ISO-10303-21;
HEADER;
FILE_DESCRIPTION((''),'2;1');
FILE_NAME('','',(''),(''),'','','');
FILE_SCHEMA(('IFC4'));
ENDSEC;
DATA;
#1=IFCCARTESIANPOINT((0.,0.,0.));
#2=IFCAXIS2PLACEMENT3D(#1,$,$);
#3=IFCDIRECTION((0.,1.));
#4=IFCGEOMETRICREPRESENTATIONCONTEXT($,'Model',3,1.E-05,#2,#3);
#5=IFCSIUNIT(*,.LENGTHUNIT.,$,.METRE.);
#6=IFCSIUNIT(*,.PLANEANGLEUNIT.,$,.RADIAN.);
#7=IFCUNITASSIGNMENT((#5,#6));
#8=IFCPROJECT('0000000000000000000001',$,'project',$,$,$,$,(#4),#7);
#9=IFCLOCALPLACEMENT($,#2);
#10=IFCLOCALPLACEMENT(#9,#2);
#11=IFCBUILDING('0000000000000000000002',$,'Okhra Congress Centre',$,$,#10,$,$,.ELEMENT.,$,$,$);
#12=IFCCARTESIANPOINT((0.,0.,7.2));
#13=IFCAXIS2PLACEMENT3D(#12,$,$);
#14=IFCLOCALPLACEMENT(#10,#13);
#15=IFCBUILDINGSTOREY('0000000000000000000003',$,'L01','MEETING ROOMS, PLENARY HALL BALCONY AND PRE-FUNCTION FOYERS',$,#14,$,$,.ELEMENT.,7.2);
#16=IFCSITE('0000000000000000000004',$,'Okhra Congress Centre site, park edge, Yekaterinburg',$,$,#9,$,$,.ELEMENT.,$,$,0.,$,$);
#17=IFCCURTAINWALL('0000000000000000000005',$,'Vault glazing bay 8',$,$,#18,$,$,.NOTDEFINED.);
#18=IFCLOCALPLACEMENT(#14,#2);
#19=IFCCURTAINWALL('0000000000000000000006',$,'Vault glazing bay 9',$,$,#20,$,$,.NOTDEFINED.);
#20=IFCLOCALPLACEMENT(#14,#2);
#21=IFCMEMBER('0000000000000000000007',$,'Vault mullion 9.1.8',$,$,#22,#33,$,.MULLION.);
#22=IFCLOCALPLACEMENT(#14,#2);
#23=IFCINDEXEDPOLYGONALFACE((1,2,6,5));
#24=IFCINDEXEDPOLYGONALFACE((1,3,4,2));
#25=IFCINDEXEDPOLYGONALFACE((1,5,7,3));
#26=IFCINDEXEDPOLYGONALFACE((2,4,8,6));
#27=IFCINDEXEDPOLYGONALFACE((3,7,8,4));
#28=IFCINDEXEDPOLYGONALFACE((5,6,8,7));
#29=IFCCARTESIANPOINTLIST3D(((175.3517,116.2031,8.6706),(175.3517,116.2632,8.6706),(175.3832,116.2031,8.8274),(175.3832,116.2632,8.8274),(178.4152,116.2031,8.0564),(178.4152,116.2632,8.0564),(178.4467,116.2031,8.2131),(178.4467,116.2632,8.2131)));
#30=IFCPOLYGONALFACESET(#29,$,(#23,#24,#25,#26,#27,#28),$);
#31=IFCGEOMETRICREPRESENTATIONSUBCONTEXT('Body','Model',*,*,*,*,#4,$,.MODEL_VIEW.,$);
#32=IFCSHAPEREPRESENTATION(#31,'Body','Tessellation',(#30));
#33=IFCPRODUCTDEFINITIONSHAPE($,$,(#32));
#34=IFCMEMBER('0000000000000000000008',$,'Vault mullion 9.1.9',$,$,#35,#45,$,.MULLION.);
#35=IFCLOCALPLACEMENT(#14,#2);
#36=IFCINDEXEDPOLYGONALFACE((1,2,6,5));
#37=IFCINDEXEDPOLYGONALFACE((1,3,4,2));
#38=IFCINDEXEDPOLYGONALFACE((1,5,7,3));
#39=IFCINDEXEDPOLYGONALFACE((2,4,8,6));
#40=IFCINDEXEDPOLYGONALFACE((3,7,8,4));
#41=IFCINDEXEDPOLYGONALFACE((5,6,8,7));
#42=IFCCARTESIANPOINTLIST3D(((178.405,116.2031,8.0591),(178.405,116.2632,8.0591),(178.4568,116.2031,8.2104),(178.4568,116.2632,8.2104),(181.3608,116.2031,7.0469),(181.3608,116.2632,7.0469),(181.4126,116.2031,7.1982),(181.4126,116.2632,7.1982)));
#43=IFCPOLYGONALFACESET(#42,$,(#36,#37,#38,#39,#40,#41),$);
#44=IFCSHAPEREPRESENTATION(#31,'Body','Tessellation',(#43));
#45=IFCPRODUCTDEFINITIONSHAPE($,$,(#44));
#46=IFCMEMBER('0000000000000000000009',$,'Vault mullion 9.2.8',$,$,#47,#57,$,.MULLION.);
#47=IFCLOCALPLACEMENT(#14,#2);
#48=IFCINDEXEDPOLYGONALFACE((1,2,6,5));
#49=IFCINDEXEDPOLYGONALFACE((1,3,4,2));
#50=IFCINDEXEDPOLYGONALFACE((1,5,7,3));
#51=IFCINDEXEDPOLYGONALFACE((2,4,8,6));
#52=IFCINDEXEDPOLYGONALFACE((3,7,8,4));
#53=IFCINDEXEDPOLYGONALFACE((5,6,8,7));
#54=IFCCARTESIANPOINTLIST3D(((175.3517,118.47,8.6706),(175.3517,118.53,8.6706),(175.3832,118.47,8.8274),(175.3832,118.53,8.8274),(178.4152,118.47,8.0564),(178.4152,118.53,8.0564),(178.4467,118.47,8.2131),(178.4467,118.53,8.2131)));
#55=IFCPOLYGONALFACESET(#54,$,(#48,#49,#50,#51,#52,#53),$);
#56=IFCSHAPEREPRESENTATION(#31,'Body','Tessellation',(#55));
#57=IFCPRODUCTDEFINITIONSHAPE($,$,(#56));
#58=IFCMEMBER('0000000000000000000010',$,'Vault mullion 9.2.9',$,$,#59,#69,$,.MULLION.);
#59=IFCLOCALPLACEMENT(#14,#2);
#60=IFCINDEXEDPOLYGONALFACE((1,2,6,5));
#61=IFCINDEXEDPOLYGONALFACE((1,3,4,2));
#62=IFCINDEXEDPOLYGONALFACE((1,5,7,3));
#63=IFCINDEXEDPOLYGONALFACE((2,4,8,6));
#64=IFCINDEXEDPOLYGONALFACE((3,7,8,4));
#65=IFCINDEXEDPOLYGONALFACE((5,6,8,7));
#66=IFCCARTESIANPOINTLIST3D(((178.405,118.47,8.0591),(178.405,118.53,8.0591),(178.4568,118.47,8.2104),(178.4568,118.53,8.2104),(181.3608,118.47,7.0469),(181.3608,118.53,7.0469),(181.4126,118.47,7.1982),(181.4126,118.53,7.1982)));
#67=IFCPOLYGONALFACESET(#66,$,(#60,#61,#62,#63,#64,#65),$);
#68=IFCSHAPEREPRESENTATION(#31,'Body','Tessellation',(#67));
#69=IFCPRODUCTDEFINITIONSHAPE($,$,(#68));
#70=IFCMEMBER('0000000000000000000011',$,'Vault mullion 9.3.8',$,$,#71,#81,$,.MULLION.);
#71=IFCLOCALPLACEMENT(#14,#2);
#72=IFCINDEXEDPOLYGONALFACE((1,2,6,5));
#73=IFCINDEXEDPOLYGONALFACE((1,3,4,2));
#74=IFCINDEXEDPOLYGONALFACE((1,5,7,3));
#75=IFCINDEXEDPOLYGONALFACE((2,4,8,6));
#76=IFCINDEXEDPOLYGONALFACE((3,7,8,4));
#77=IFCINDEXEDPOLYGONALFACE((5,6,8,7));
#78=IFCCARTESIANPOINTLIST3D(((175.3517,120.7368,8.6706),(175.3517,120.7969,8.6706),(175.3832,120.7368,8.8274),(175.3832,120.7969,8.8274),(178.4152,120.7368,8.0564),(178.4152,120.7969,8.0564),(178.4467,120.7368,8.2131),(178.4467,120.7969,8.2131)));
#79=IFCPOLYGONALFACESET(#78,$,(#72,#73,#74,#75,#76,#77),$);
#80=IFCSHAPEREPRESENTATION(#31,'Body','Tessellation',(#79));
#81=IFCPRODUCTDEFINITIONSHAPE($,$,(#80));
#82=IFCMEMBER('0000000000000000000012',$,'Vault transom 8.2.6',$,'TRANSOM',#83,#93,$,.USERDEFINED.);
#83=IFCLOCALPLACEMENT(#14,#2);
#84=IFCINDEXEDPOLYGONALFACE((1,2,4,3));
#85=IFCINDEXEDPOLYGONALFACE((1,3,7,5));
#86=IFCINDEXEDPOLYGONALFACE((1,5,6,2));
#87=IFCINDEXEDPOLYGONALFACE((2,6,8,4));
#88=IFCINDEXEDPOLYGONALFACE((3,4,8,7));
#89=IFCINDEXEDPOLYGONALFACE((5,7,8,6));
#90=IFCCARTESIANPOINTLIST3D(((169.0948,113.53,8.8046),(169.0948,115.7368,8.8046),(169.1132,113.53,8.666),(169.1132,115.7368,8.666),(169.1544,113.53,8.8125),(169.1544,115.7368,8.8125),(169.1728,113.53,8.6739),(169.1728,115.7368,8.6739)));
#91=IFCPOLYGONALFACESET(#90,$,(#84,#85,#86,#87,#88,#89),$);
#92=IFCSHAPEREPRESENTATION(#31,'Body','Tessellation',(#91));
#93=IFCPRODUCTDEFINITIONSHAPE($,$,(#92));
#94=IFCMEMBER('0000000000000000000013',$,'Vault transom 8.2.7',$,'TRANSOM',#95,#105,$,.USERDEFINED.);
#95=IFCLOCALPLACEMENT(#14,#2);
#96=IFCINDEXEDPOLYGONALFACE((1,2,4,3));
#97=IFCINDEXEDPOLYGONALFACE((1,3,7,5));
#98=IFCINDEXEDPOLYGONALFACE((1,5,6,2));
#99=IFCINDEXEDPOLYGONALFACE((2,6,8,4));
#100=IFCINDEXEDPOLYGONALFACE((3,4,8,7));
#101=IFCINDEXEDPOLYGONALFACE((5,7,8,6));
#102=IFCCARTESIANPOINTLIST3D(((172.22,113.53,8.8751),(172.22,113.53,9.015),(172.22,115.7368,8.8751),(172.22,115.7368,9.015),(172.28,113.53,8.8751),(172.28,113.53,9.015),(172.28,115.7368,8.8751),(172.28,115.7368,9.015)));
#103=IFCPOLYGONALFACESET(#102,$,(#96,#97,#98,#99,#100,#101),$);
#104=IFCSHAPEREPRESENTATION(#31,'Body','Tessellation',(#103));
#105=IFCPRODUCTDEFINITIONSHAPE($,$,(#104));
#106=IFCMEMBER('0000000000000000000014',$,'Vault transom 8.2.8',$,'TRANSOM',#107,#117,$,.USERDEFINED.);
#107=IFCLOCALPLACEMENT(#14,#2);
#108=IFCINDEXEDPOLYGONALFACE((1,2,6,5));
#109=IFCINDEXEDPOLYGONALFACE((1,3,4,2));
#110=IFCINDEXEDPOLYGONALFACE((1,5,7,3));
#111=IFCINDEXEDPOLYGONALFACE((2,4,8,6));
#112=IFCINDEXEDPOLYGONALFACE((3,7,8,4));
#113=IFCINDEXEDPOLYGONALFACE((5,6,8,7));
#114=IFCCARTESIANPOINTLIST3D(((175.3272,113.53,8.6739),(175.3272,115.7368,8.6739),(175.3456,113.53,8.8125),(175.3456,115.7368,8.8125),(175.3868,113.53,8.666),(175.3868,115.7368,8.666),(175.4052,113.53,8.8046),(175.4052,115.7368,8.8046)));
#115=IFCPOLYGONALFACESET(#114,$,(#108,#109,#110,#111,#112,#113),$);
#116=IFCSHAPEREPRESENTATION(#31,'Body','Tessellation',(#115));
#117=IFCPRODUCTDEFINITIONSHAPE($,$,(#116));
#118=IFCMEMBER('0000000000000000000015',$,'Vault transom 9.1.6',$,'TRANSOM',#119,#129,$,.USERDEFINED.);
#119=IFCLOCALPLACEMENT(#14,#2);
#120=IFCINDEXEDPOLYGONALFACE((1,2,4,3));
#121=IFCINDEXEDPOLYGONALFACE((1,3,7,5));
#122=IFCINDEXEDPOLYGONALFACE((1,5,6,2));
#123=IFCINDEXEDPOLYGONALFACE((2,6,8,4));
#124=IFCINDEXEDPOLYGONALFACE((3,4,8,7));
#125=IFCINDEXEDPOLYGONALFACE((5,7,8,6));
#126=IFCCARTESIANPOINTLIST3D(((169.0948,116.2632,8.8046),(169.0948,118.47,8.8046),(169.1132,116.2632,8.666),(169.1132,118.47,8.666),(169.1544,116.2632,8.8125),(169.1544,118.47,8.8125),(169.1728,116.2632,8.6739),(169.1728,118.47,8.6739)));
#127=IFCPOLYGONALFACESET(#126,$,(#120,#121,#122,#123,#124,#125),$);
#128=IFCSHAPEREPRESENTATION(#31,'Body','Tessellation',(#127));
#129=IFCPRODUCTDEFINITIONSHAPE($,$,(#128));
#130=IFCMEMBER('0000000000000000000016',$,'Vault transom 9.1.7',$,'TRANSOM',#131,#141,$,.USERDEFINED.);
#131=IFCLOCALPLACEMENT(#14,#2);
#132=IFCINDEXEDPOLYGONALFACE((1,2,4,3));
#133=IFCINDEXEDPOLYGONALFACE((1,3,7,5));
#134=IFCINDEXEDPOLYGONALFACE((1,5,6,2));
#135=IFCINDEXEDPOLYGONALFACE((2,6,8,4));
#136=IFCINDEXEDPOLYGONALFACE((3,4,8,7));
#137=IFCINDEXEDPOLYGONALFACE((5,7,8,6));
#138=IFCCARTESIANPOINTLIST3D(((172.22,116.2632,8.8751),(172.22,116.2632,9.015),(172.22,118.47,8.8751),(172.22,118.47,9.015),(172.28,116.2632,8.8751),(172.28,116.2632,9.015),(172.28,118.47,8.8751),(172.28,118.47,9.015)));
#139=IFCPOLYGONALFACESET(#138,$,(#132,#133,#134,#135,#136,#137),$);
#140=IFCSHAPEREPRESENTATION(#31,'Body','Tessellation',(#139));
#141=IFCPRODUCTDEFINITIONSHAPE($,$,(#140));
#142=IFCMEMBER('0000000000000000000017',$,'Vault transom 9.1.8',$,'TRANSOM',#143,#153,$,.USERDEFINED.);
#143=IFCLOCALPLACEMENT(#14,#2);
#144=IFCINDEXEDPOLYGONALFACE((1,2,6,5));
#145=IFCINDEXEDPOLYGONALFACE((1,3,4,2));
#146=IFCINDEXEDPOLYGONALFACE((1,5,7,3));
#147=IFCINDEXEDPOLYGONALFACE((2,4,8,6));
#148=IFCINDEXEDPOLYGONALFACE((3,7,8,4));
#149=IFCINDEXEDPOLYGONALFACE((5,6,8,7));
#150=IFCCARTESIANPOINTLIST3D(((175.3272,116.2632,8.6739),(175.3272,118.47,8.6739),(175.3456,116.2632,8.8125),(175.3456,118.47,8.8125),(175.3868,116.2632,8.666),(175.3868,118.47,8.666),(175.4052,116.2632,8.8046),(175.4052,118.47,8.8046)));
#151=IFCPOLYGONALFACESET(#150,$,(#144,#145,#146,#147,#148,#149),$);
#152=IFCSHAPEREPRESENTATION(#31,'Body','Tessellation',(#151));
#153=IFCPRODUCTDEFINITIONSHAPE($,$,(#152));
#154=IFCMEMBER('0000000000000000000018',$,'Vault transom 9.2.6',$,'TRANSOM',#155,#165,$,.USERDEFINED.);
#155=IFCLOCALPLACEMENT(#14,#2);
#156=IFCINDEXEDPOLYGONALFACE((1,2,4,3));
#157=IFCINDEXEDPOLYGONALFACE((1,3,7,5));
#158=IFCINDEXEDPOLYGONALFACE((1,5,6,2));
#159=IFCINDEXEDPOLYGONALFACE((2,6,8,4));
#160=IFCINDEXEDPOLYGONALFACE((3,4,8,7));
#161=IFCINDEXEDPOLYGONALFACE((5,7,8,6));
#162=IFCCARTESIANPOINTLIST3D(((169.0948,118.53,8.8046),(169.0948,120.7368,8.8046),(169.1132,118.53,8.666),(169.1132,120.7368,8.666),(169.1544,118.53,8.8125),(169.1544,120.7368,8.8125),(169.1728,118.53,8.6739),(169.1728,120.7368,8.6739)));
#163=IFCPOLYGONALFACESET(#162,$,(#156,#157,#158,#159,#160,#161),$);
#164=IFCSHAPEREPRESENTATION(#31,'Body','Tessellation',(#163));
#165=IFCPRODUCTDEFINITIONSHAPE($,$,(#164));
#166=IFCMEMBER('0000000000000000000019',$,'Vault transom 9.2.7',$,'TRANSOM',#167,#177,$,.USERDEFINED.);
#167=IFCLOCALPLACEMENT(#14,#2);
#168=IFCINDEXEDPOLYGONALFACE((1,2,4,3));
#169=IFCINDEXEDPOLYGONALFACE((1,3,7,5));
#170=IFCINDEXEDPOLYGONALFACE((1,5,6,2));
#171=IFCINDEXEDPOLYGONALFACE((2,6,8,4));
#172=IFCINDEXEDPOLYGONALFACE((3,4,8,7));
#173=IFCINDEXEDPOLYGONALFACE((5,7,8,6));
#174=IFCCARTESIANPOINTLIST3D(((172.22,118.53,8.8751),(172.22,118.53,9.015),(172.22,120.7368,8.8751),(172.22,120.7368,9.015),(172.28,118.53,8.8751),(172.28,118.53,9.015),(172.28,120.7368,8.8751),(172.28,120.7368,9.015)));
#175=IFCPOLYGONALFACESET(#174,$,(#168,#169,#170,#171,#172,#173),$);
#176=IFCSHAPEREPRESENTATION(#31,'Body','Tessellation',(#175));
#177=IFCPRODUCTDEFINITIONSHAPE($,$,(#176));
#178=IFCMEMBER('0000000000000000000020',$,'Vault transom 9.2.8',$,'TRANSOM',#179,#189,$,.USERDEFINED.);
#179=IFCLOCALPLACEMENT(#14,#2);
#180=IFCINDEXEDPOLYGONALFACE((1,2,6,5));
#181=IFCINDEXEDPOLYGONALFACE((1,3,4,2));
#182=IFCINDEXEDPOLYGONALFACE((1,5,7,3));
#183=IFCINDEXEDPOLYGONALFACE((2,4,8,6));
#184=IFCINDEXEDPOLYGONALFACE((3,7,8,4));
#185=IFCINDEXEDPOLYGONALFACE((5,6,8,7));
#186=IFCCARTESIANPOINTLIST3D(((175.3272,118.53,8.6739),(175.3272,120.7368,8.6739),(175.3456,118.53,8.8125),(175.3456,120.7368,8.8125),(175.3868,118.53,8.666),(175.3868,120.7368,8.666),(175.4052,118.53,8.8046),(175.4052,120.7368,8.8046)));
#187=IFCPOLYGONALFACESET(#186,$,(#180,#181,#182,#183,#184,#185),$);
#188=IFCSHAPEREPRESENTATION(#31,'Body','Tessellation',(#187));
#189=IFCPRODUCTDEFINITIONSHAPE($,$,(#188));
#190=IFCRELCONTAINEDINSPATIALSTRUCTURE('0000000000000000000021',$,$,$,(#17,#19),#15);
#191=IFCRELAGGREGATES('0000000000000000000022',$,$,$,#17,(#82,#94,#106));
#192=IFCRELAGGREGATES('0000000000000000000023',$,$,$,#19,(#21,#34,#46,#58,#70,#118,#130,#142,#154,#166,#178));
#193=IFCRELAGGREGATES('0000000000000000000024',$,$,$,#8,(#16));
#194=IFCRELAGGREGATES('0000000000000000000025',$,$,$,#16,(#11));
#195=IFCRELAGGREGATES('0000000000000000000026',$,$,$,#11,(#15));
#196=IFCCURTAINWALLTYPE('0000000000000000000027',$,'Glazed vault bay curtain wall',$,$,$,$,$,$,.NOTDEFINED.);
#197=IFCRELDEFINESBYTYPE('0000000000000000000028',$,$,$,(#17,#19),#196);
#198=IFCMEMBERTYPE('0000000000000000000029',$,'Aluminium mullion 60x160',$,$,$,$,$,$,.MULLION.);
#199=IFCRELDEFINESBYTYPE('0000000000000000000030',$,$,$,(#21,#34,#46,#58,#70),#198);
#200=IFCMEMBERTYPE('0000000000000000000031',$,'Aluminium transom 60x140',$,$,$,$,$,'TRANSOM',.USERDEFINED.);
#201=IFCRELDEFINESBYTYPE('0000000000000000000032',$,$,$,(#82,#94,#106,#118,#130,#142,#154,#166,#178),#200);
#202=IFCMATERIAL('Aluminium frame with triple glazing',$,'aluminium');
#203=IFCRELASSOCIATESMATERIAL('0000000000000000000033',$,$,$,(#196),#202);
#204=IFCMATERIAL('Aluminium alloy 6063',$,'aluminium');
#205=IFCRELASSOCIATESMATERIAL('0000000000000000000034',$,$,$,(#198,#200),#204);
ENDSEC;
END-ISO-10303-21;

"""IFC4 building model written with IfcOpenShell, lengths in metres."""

from ifc_helpers import new_model, si_unit, direction, frame, origin, origin_2d, place, context, subcontext, project, spatial, rectangle, extrude, material, material_profile, profile_set, type_object, element, aggregate, save


model = new_model("IFC4")

# Units and contexts
model_context = context("Model", 3, precision=1e-05, world=origin(), true_north=direction((0.0, 1.0)))
body_context = subcontext(model_context, "Body", "Model", "MODEL_VIEW")
ifc_project = project(units=[si_unit("LENGTHUNIT", "METRE"), si_unit("PLANEANGLEUNIT", "RADIAN")], contexts=[model_context])

# Site, building, storey
site_placement = place(None, origin())
site = spatial("IfcSite", under=ifc_project, at=site_placement, Name="Okhra Congress Centre site, park edge, Yekaterinburg", CompositionType="ELEMENT", RefElevation=0.0)
building_placement = place(site_placement, origin())
building = spatial("IfcBuilding", under=site, at=building_placement, Name="Okhra Congress Centre", CompositionType="ELEMENT")
storey_placement = place(building_placement, frame((0.0, 0.0, 7.2)))
storey = spatial("IfcBuildingStorey", under=building, at=storey_placement, Name="L01", Description="MEETING ROOMS, PLENARY HALL BALCONY AND PRE-FUNCTION FOYERS", CompositionType="ELEMENT", Elevation=7.2)

# Curtain walls
ifc_material_1 = material(Name="Aluminium frame with triple glazing", Category="aluminium")
curtain_wall_type = type_object("IfcCurtainWallType", Name="Glazed vault bay curtain wall", PredefinedType="NOTDEFINED", material=ifc_material_1)
curtain_wall_1_placement = place(storey_placement, origin())
curtain_wall_1 = element("IfcCurtainWall", 1, at=curtain_wall_1_placement, inside=storey, type_object=curtain_wall_type, Name="Vault glazing bay 8", PredefinedType="NOTDEFINED")
ifc_material_2 = material(Name="Aluminium alloy 6063", Category="aluminium")
curtain_wall_2_placement = place(storey_placement, origin())
curtain_wall_2 = element("IfcCurtainWall", 2, at=curtain_wall_2_placement, inside=storey, type_object=curtain_wall_type, Name="Vault glazing bay 9", PredefinedType="NOTDEFINED")

# Members
ifc_material_profile_1 = material_profile(ifc_material_2, rectangle(XDim=0.0601, YDim=0.1599, at=origin_2d()), Name="AL 60x160")
ifc_profile_set_1 = profile_set([ifc_material_profile_1], Name="Aluminium alloy 6063")
member_type_1 = type_object("IfcMemberType", Name="Aluminium mullion 60x160", PredefinedType="MULLION", material=ifc_profile_set_1)
member_1_placement = place(storey_placement, frame((175.3674, 116.2332, 8.749), z_axis=(0.980484, 0.0, -0.196597), x_axis=(0.0, 1.0, 0.0)))
member_1 = element("IfcMember", 3, at=member_1_placement, type_object=member_type_1, Name="Vault mullion 9.1.8", PredefinedType="MULLION", context=body_context, shape_type="SweptSolid", body=[
    extrude(rectangle(XDim=0.0601, YDim=0.1599, at=origin_2d()), origin(), (0.0, 0.0, 1.0), 3.1245),
])
member_2_placement = place(storey_placement, frame((178.4309, 116.2332, 8.1348), z_axis=(0.946065, 0.0, -0.323977), x_axis=(0.0, 1.0, 0.0)))
member_2 = element("IfcMember", 4, at=member_2_placement, type_object=member_type_1, Name="Vault mullion 9.1.9", PredefinedType="MULLION", context=body_context, shape_type="SweptSolid", body=[
    extrude(rectangle(XDim=0.0601, YDim=0.1599, at=origin_2d()), origin(), (0.0, 0.0, 1.0), 3.1243),
])
member_3_placement = place(storey_placement, frame((175.3674, 118.5, 8.749), z_axis=(0.980484, 0.0, -0.196597), x_axis=(0.0, 1.0, 0.0)))
member_3 = element("IfcMember", 5, at=member_3_placement, type_object=member_type_1, Name="Vault mullion 9.2.8", PredefinedType="MULLION", context=body_context, shape_type="SweptSolid", body=[
    extrude(rectangle(XDim=0.0601, YDim=0.1599, at=origin_2d()), origin(), (0.0, 0.0, 1.0), 3.1245),
])
member_4_placement = place(storey_placement, frame((178.4309, 118.5, 8.1348), z_axis=(0.946065, 0.0, -0.323977), x_axis=(0.0, 1.0, 0.0)))
member_4 = element("IfcMember", 6, at=member_4_placement, type_object=member_type_1, Name="Vault mullion 9.2.9", PredefinedType="MULLION", context=body_context, shape_type="SweptSolid", body=[
    extrude(rectangle(XDim=0.0601, YDim=0.1599, at=origin_2d()), origin(), (0.0, 0.0, 1.0), 3.1243),
])
member_5_placement = place(storey_placement, frame((175.3674, 120.7668, 8.749), z_axis=(0.980484, 0.0, -0.196597), x_axis=(0.0, 1.0, 0.0)))
member_5 = element("IfcMember", 7, at=member_5_placement, type_object=member_type_1, Name="Vault mullion 9.3.8", PredefinedType="MULLION", context=body_context, shape_type="SweptSolid", body=[
    extrude(rectangle(XDim=0.0601, YDim=0.1599, at=origin_2d()), origin(), (0.0, 0.0, 1.0), 3.1245),
])
ifc_material_profile_2 = material_profile(ifc_material_2, rectangle(XDim=0.0601, YDim=0.1399, at=origin_2d()), Name="AL 60x140 transom")
ifc_profile_set_2 = profile_set([ifc_material_profile_2], Name="Aluminium alloy 6063")
member_type_2 = type_object("IfcMemberType", Name="Aluminium transom 60x140", ElementType="TRANSOM", PredefinedType="USERDEFINED", material=ifc_profile_set_2)
member_6_placement = place(storey_placement, frame((169.1338, 113.53, 8.7393), z_axis=(0.0, 1.0, 0.0), x_axis=(-0.991307, 0.0, -0.131568)))
member_6 = element("IfcMember", 8, at=member_6_placement, type_object=member_type_2, Name="Vault transom 8.2.6", ObjectType="TRANSOM", PredefinedType="USERDEFINED", context=body_context, shape_type="SweptSolid", body=[
    extrude(rectangle(XDim=0.0601, YDim=0.1399, at=origin_2d()), origin(), (0.0, 0.0, 1.0), 2.2068),
])
member_7_placement = place(storey_placement, frame((172.25, 113.53, 8.9451), z_axis=(0.0, 1.0, 0.0), x_axis=(-1.0, 0.0, 0.0)))
member_7 = element("IfcMember", 9, at=member_7_placement, type_object=member_type_2, Name="Vault transom 8.2.7", ObjectType="TRANSOM", PredefinedType="USERDEFINED", context=body_context, shape_type="SweptSolid", body=[
    extrude(rectangle(XDim=0.0601, YDim=0.1399, at=origin_2d()), origin(), (0.0, 0.0, 1.0), 2.2068),
])
member_8_placement = place(storey_placement, frame((175.3662, 113.53, 8.7393), z_axis=(0.0, 1.0, 0.0), x_axis=(-0.991307, 0.0, 0.131568)))
member_8 = element("IfcMember", 10, at=member_8_placement, type_object=member_type_2, Name="Vault transom 8.2.8", ObjectType="TRANSOM", PredefinedType="USERDEFINED", context=body_context, shape_type="SweptSolid", body=[
    extrude(rectangle(XDim=0.0601, YDim=0.1399, at=origin_2d()), origin(), (0.0, 0.0, 1.0), 2.2068),
])
member_9_placement = place(storey_placement, frame((169.1338, 116.2632, 8.7393), z_axis=(0.0, 1.0, 0.0), x_axis=(-0.991307, 0.0, -0.131568)))
member_9 = element("IfcMember", 11, at=member_9_placement, type_object=member_type_2, Name="Vault transom 9.1.6", ObjectType="TRANSOM", PredefinedType="USERDEFINED", context=body_context, shape_type="SweptSolid", body=[
    extrude(rectangle(XDim=0.0601, YDim=0.1399, at=origin_2d()), origin(), (0.0, 0.0, 1.0), 2.2068),
])
member_10_placement = place(storey_placement, frame((172.25, 116.2632, 8.9451), z_axis=(0.0, 1.0, 0.0), x_axis=(-1.0, 0.0, 0.0)))
member_10 = element("IfcMember", 12, at=member_10_placement, type_object=member_type_2, Name="Vault transom 9.1.7", ObjectType="TRANSOM", PredefinedType="USERDEFINED", context=body_context, shape_type="SweptSolid", body=[
    extrude(rectangle(XDim=0.0601, YDim=0.1399, at=origin_2d()), origin(), (0.0, 0.0, 1.0), 2.2068),
])
member_11_placement = place(storey_placement, frame((175.3662, 116.2632, 8.7393), z_axis=(0.0, 1.0, 0.0), x_axis=(-0.991307, 0.0, 0.131568)))
member_11 = element("IfcMember", 13, at=member_11_placement, type_object=member_type_2, Name="Vault transom 9.1.8", ObjectType="TRANSOM", PredefinedType="USERDEFINED", context=body_context, shape_type="SweptSolid", body=[
    extrude(rectangle(XDim=0.0601, YDim=0.1399, at=origin_2d()), origin(), (0.0, 0.0, 1.0), 2.2068),
])
member_12_placement = place(storey_placement, frame((169.1338, 118.53, 8.7393), z_axis=(0.0, 1.0, 0.0), x_axis=(-0.991307, 0.0, -0.131568)))
member_12 = element("IfcMember", 14, at=member_12_placement, type_object=member_type_2, Name="Vault transom 9.2.6", ObjectType="TRANSOM", PredefinedType="USERDEFINED", context=body_context, shape_type="SweptSolid", body=[
    extrude(rectangle(XDim=0.0601, YDim=0.1399, at=origin_2d()), origin(), (0.0, 0.0, 1.0), 2.2068),
])
member_13_placement = place(storey_placement, frame((172.25, 118.53, 8.9451), z_axis=(0.0, 1.0, 0.0), x_axis=(-1.0, 0.0, 0.0)))
member_13 = element("IfcMember", 15, at=member_13_placement, type_object=member_type_2, Name="Vault transom 9.2.7", ObjectType="TRANSOM", PredefinedType="USERDEFINED", context=body_context, shape_type="SweptSolid", body=[
    extrude(rectangle(XDim=0.0601, YDim=0.1399, at=origin_2d()), origin(), (0.0, 0.0, 1.0), 2.2068),
])
member_14_placement = place(storey_placement, frame((175.3662, 118.53, 8.7393), z_axis=(0.0, 1.0, 0.0), x_axis=(-0.991307, 0.0, 0.131568)))
member_14 = element("IfcMember", 16, at=member_14_placement, type_object=member_type_2, Name="Vault transom 9.2.8", ObjectType="TRANSOM", PredefinedType="USERDEFINED", context=body_context, shape_type="SweptSolid", body=[
    extrude(rectangle(XDim=0.0601, YDim=0.1399, at=origin_2d()), origin(), (0.0, 0.0, 1.0), 2.2068),
])

aggregate(curtain_wall_1, [member_6, member_7, member_8])
aggregate(curtain_wall_2, [member_1, member_2, member_3, member_4, member_5, member_9, member_10, member_11, member_12, member_13, member_14])

save(model, "model.ifc")
